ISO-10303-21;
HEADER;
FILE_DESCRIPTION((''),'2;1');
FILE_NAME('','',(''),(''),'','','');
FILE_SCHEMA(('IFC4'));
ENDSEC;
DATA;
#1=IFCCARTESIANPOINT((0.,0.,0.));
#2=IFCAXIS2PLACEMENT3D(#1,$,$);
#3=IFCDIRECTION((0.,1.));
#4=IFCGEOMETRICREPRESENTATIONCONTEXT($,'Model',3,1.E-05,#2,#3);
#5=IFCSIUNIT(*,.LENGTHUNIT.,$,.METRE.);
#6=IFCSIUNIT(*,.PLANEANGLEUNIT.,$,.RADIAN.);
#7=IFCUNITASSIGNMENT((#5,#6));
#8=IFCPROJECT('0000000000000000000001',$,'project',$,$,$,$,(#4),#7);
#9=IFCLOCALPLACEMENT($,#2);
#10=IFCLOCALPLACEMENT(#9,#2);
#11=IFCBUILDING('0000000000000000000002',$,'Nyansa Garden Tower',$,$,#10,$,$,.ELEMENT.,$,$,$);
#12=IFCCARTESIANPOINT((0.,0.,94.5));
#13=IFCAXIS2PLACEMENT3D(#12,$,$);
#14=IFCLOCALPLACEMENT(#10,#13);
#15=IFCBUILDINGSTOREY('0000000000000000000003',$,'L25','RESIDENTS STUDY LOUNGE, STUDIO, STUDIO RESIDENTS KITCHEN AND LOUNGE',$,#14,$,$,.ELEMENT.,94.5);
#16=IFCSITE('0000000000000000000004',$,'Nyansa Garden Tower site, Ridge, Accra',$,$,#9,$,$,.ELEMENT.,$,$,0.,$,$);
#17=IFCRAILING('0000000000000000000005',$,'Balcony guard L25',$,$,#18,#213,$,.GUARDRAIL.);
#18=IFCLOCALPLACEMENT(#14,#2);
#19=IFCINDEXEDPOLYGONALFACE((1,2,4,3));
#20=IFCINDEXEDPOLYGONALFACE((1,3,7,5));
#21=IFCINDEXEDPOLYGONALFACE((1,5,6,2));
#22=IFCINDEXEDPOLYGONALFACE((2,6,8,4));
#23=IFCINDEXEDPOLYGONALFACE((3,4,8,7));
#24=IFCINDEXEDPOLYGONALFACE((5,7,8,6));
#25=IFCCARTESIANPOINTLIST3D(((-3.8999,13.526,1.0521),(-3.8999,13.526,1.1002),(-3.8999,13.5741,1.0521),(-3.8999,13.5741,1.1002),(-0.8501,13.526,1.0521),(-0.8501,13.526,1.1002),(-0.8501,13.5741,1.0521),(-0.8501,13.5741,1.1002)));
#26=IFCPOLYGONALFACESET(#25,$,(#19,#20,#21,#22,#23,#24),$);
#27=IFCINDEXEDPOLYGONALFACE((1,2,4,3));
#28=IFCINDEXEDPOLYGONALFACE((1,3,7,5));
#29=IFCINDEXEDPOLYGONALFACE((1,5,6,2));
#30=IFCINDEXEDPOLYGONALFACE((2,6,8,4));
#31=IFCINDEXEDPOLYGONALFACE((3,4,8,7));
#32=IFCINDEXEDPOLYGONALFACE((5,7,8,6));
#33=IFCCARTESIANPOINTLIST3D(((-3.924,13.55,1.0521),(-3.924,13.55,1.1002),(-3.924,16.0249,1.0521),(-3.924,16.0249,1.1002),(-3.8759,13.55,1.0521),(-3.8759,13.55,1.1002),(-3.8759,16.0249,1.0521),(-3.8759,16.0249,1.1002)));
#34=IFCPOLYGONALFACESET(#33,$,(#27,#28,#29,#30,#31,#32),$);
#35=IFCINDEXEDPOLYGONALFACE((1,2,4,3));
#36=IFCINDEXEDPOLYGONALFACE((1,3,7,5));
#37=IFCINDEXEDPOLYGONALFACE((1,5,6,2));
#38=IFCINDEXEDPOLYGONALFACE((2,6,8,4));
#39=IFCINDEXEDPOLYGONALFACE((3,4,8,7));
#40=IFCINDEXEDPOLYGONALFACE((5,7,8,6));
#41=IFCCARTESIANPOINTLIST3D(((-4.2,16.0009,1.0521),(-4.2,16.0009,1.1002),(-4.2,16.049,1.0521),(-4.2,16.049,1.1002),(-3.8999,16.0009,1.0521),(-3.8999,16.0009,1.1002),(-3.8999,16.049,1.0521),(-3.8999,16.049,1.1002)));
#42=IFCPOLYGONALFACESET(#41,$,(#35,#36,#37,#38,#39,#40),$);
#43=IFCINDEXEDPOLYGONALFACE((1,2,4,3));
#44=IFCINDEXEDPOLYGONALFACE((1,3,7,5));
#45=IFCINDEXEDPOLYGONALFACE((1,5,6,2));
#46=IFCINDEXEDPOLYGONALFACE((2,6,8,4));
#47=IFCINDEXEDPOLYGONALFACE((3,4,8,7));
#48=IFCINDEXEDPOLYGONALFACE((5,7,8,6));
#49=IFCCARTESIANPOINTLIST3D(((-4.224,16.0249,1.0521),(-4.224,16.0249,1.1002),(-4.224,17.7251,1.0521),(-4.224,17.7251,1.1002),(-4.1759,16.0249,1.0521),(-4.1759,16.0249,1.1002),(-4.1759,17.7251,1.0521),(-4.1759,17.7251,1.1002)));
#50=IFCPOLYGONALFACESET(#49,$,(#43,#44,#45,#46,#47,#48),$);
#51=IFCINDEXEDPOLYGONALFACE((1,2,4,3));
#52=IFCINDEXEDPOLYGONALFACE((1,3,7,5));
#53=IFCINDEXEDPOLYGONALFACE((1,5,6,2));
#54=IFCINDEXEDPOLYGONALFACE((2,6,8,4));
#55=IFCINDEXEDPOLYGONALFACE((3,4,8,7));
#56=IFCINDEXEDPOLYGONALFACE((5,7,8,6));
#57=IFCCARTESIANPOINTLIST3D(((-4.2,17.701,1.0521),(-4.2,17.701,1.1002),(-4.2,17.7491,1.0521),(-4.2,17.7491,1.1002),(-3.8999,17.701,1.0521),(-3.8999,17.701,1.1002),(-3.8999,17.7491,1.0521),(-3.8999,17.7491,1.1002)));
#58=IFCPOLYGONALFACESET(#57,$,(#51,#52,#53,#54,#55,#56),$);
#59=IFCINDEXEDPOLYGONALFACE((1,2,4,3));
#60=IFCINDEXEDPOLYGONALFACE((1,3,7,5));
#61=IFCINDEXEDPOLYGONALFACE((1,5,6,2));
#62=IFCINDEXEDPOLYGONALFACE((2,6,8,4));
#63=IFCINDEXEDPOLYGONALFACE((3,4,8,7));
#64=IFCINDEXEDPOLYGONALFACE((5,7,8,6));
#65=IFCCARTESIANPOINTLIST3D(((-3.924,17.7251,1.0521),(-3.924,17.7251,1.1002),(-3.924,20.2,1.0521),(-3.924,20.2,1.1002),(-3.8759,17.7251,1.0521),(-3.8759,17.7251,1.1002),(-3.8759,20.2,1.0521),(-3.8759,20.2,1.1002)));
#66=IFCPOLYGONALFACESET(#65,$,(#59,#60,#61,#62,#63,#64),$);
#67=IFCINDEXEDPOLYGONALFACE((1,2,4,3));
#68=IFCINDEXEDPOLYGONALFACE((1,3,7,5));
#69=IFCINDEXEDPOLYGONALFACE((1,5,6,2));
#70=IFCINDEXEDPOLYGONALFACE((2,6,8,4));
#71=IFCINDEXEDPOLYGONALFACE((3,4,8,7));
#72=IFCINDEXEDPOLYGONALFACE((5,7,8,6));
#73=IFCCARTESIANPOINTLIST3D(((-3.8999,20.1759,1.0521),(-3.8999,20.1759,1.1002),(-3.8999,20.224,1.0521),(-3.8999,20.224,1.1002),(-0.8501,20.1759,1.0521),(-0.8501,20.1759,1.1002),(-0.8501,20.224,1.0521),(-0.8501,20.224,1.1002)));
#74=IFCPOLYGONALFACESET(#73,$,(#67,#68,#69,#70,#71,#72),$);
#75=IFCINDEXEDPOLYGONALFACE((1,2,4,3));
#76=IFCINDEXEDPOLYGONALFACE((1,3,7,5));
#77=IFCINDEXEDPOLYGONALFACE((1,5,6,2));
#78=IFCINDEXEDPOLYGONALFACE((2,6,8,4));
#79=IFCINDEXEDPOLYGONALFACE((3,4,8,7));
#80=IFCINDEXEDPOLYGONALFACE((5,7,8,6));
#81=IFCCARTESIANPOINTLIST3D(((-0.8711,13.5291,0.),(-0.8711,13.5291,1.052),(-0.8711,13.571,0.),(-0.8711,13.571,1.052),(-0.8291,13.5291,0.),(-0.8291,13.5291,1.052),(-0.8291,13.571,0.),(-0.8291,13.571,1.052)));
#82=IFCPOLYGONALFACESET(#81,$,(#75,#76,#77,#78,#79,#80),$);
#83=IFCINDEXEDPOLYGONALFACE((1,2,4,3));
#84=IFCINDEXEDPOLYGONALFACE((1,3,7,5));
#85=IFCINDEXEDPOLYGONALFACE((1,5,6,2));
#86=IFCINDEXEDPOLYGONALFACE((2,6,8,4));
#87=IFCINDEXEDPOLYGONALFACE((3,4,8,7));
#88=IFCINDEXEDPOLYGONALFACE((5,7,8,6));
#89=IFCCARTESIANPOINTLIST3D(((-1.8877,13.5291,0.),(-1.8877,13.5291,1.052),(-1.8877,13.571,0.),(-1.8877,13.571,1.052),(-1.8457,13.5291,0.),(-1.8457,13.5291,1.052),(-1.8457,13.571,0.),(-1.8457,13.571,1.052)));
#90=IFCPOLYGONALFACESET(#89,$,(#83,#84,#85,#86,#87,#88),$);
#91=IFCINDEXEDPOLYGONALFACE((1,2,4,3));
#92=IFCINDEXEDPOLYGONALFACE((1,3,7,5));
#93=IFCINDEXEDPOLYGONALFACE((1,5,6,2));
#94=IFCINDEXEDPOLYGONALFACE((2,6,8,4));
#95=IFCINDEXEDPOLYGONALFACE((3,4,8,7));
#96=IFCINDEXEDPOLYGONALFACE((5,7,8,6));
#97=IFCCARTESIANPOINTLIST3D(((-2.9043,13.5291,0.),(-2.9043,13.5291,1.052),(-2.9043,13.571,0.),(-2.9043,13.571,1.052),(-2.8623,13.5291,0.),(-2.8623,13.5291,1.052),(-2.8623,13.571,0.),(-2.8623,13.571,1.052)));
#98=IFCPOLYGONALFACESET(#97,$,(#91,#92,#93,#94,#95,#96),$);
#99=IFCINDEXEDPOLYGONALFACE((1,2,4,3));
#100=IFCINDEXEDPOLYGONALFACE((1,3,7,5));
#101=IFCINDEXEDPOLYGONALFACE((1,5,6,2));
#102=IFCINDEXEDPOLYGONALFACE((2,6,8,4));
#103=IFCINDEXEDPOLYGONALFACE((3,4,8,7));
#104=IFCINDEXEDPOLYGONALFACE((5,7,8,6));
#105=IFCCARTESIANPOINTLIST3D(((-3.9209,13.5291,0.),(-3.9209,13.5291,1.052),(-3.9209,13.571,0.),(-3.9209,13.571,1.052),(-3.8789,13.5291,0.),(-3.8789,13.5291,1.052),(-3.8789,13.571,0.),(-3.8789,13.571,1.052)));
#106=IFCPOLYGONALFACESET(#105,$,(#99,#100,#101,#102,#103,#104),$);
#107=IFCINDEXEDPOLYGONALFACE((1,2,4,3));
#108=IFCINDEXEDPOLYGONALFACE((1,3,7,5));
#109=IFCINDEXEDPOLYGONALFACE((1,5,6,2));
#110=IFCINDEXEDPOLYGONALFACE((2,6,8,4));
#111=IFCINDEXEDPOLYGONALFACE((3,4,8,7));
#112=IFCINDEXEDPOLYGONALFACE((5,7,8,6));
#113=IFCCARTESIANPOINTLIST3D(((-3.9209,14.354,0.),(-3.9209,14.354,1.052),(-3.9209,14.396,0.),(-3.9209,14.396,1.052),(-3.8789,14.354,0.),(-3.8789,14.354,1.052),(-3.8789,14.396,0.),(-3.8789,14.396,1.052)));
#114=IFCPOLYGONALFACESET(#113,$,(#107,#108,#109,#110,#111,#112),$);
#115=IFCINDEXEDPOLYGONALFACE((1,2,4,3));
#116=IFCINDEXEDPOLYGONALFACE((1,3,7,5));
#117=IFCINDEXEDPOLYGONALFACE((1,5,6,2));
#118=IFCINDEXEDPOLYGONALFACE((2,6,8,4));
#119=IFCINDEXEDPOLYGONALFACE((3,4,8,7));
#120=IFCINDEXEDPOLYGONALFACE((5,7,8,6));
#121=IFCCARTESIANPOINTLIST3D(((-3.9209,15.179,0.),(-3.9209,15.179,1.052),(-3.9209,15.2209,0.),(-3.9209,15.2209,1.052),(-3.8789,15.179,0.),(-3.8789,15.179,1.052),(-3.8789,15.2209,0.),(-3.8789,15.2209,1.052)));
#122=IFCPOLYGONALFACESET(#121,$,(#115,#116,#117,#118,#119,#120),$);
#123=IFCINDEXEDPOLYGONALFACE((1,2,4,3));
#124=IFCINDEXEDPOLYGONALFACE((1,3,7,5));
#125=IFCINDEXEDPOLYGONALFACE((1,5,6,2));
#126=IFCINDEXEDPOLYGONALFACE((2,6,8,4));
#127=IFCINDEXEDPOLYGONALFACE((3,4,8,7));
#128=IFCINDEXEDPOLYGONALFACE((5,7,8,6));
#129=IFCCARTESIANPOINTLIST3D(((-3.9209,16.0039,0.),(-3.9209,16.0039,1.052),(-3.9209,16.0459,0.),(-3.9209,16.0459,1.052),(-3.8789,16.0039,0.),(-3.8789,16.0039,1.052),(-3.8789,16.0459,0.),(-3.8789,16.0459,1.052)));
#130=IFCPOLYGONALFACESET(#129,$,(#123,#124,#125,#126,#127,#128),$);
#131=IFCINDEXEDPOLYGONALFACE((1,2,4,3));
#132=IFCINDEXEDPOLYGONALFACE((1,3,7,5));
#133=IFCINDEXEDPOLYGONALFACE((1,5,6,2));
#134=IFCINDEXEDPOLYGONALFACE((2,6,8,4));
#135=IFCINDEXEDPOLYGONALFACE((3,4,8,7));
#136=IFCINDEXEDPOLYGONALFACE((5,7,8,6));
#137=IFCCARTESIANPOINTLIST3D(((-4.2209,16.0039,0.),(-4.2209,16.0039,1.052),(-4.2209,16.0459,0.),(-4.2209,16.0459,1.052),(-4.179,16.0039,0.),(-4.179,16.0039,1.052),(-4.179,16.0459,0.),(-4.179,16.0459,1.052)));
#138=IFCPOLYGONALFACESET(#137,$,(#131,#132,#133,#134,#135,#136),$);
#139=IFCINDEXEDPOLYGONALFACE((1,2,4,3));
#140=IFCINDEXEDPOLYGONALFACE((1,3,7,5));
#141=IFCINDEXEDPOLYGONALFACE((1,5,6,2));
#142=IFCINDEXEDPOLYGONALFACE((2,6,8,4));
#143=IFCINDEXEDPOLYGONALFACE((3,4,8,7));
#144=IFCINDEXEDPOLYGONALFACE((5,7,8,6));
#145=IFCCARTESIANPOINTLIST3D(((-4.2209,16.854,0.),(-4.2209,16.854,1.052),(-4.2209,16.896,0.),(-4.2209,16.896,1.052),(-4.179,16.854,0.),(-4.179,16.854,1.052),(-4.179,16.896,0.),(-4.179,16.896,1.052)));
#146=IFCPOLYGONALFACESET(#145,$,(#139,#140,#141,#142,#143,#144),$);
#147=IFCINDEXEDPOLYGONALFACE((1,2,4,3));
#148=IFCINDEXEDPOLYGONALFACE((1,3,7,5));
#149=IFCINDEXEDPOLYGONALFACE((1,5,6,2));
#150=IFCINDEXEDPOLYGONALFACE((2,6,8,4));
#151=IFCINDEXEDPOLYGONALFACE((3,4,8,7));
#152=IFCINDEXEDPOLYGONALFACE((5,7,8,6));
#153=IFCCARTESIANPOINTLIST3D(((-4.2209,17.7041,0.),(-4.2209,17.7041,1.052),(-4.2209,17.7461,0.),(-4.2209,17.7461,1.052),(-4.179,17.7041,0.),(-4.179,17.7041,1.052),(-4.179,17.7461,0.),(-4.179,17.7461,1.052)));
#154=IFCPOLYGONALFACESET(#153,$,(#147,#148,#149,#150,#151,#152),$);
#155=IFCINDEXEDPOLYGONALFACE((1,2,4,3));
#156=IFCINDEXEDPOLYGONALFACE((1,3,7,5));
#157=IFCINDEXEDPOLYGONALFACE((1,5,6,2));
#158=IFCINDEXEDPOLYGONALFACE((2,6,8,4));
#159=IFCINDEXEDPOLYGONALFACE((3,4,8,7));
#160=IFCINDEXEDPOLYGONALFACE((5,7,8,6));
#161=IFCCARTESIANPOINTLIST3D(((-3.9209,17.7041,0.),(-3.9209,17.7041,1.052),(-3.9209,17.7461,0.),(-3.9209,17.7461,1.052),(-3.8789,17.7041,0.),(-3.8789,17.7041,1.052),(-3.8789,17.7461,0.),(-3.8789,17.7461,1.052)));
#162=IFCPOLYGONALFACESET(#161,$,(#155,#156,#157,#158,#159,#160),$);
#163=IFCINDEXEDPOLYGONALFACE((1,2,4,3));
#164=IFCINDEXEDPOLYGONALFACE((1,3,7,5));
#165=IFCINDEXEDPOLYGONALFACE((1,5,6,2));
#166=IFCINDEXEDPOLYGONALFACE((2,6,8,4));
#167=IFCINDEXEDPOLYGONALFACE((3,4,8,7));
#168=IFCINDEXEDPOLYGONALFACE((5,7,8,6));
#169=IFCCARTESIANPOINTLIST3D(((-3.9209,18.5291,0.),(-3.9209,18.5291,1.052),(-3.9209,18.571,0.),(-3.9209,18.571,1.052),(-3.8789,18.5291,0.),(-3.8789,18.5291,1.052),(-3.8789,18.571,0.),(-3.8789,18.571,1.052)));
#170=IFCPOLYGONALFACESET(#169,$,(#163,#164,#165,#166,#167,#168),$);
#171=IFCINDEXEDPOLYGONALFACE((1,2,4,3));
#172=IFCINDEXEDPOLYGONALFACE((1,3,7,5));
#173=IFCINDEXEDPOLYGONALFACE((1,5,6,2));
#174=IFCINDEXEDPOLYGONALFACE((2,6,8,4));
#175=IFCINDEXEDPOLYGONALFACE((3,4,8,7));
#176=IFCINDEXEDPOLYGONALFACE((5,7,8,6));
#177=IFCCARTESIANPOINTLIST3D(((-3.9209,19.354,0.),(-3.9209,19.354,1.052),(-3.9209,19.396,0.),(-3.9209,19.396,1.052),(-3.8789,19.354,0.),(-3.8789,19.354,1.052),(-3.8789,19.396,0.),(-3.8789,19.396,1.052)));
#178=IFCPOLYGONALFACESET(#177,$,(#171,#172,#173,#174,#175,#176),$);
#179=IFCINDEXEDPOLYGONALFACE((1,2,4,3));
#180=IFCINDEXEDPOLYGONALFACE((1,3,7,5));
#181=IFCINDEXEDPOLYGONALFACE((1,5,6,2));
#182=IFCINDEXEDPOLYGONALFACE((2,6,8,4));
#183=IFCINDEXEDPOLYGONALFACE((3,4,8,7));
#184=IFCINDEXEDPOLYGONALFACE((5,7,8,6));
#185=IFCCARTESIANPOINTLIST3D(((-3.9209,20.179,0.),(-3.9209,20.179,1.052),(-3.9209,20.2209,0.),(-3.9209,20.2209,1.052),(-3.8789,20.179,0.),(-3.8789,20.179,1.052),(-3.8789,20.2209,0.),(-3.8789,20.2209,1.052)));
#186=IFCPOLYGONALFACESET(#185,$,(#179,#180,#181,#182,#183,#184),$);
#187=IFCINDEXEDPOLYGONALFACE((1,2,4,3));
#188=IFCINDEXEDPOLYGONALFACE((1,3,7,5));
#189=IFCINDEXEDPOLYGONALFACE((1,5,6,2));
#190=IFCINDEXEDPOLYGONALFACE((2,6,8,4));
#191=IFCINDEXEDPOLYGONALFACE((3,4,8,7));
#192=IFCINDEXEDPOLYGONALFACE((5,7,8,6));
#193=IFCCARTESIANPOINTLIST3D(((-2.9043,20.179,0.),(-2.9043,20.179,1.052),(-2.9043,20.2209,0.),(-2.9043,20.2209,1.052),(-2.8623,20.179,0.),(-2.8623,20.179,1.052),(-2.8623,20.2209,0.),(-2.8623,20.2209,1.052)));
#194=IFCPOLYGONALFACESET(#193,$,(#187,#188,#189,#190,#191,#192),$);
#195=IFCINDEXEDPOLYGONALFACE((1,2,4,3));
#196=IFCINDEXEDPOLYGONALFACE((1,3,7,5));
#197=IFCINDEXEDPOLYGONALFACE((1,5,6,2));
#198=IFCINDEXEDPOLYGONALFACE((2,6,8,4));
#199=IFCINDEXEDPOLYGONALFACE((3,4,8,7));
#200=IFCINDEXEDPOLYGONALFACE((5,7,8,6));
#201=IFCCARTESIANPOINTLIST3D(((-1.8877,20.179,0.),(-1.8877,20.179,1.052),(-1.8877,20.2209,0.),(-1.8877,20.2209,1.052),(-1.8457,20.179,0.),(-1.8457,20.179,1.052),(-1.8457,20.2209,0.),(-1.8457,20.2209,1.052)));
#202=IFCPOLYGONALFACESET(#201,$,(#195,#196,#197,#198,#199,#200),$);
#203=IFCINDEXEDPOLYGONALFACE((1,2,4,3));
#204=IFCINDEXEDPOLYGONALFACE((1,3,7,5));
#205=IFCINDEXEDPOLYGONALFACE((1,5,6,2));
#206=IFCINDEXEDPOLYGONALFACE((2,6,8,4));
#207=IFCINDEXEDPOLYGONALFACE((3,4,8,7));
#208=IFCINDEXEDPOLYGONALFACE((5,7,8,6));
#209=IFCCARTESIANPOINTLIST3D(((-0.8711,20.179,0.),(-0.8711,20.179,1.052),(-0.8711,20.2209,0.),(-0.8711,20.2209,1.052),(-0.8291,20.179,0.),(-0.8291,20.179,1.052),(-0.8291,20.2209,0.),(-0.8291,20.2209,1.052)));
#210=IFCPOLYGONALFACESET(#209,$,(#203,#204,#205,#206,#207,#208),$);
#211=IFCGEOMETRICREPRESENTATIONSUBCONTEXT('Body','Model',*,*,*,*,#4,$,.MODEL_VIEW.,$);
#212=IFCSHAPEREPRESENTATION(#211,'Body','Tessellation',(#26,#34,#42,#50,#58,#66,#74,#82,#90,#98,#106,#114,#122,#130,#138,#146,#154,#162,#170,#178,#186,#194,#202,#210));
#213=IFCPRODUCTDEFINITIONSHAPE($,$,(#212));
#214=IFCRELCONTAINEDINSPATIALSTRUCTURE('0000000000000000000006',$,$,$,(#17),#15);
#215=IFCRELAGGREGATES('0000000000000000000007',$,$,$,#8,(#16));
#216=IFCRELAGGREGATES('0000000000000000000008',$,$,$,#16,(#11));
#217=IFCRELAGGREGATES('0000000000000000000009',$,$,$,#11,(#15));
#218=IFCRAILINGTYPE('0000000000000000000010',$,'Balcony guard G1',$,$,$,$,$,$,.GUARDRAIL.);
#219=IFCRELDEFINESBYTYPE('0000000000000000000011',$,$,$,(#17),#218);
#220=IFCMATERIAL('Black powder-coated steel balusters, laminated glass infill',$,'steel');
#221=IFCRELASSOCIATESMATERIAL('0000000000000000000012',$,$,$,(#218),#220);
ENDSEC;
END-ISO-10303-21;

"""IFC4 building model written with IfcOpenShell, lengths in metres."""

from ifc_helpers import new_model, si_unit, direction, frame, origin, origin_2d, place, context, subcontext, project, spatial, rectangle, extrude, material, type_object, element, save


model = new_model("IFC4")

# Units and contexts
model_context = context("Model", 3, precision=1e-05, world=origin(), true_north=direction((0.0, 1.0)))
body_context = subcontext(model_context, "Body", "Model", "MODEL_VIEW")
ifc_project = project(units=[si_unit("LENGTHUNIT", "METRE"), si_unit("PLANEANGLEUNIT", "RADIAN")], contexts=[model_context])

# Site, building, storey
site_placement = place(None, origin())
site = spatial("IfcSite", under=ifc_project, at=site_placement, Name="Nyansa Garden Tower site, Ridge, Accra", CompositionType="ELEMENT", RefElevation=0.0)
building_placement = place(site_placement, origin())
building = spatial("IfcBuilding", under=site, at=building_placement, Name="Nyansa Garden Tower", CompositionType="ELEMENT")
storey_placement = place(building_placement, frame((0.0, 0.0, 94.5)))
storey = spatial("IfcBuildingStorey", under=building, at=storey_placement, Name="L25", Description="RESIDENTS STUDY LOUNGE, STUDIO, STUDIO RESIDENTS KITCHEN AND LOUNGE", CompositionType="ELEMENT", Elevation=94.5)

# Railing
ifc_material_1 = material(Name="Black powder-coated steel balusters, laminated glass infill", Category="steel")
railing_type = type_object("IfcRailingType", Name="Balcony guard G1", PredefinedType="GUARDRAIL", material=ifc_material_1)
railing_placement = place(storey_placement, frame((-0.8501, 13.55, 0.0)))
element("IfcRailing", 1, at=railing_placement, inside=storey, type_object=railing_type, Name="Balcony guard L25", PredefinedType="GUARDRAIL", context=body_context, shape_type="SweptSolid", body=[
    extrude(rectangle(XDim=0.0481, YDim=0.0481, at=origin_2d()), frame((0.0, 0.0, 1.0762), z_axis=(-1.0, 0.0, 0.0), x_axis=(0.0, -1.0, 0.0)), (0.0, 0.0, 1.0), 3.0498),
    extrude(rectangle(XDim=0.0481, YDim=0.0481, at=origin_2d()), frame((-3.0498, 0.0, 1.0762), z_axis=(0.0, 1.0, 0.0), x_axis=(-1.0, 0.0, 0.0)), (0.0, 0.0, 1.0), 2.4749),
    extrude(rectangle(XDim=0.0481, YDim=0.0481, at=origin_2d()), frame((-3.0498, 2.4749, 1.0762), z_axis=(-1.0, 0.0, 0.0), x_axis=(0.0, -1.0, 0.0)), (0.0, 0.0, 1.0), 0.3),
    extrude(rectangle(XDim=0.0481, YDim=0.0481, at=origin_2d()), frame((-3.3499, 2.4749, 1.0762), z_axis=(0.0, 1.0, 0.0), x_axis=(-1.0, 0.0, 0.0)), (0.0, 0.0, 1.0), 1.7002),
    extrude(rectangle(XDim=0.0481, YDim=0.0481, at=origin_2d()), frame((-3.3499, 4.175, 1.0762), z_axis=(1.0, 0.0, 0.0), x_axis=(0.0, 1.0, 0.0)), (0.0, 0.0, 1.0), 0.3),
    extrude(rectangle(XDim=0.0481, YDim=0.0481, at=origin_2d()), frame((-3.0498, 4.175, 1.0762), z_axis=(0.0, 1.0, 0.0), x_axis=(-1.0, 0.0, 0.0)), (0.0, 0.0, 1.0), 2.4749),
    extrude(rectangle(XDim=0.0481, YDim=0.0481, at=origin_2d()), frame((-3.0498, 6.6499, 1.0762), z_axis=(1.0, 0.0, 0.0), x_axis=(0.0, 1.0, 0.0)), (0.0, 0.0, 1.0), 3.0498),
    extrude(rectangle(XDim=0.042, YDim=0.042, at=origin_2d()), origin(), (0.0, 0.0, 1.0), 1.052),
    extrude(rectangle(XDim=0.042, YDim=0.042, at=origin_2d()), frame((-1.0166, 0.0, 0.0)), (0.0, 0.0, 1.0), 1.052),
    extrude(rectangle(XDim=0.042, YDim=0.042, at=origin_2d()), frame((-2.0332, 0.0, 0.0)), (0.0, 0.0, 1.0), 1.052),
    extrude(rectangle(XDim=0.042, YDim=0.042, at=origin_2d()), frame((-3.0498, 0.0, 0.0)), (0.0, 0.0, 1.0), 1.052),
    extrude(rectangle(XDim=0.042, YDim=0.042, at=origin_2d()), frame((-3.0498, 0.825, 0.0)), (0.0, 0.0, 1.0), 1.052),
    extrude(rectangle(XDim=0.042, YDim=0.042, at=origin_2d()), frame((-3.0498, 1.6499, 0.0)), (0.0, 0.0, 1.0), 1.052),
    extrude(rectangle(XDim=0.042, YDim=0.042, at=origin_2d()), frame((-3.0498, 2.4749, 0.0)), (0.0, 0.0, 1.0), 1.052),
    extrude(rectangle(XDim=0.042, YDim=0.042, at=origin_2d()), frame((-3.3499, 2.4749, 0.0)), (0.0, 0.0, 1.0), 1.052),
    extrude(rectangle(XDim=0.042, YDim=0.042, at=origin_2d()), frame((-3.3499, 3.325, 0.0)), (0.0, 0.0, 1.0), 1.052),
    extrude(rectangle(XDim=0.042, YDim=0.042, at=origin_2d()), frame((-3.3499, 4.175, 0.0)), (0.0, 0.0, 1.0), 1.052),
    extrude(rectangle(XDim=0.042, YDim=0.042, at=origin_2d()), frame((-3.0498, 4.175, 0.0)), (0.0, 0.0, 1.0), 1.052),
    extrude(rectangle(XDim=0.042, YDim=0.042, at=origin_2d()), frame((-3.0498, 5.0, 0.0)), (0.0, 0.0, 1.0), 1.052),
    extrude(rectangle(XDim=0.042, YDim=0.042, at=origin_2d()), frame((-3.0498, 5.825, 0.0)), (0.0, 0.0, 1.0), 1.052),
    extrude(rectangle(XDim=0.042, YDim=0.042, at=origin_2d()), frame((-3.0498, 6.6499, 0.0)), (0.0, 0.0, 1.0), 1.052),
    extrude(rectangle(XDim=0.042, YDim=0.042, at=origin_2d()), frame((-2.0332, 6.6499, 0.0)), (0.0, 0.0, 1.0), 1.052),
    extrude(rectangle(XDim=0.042, YDim=0.042, at=origin_2d()), frame((-1.0166, 6.6499, 0.0)), (0.0, 0.0, 1.0), 1.052),
    extrude(rectangle(XDim=0.042, YDim=0.042, at=origin_2d()), frame((0.0, 6.6499, 0.0)), (0.0, 0.0, 1.0), 1.052),
])

save(model, "model.ifc")
